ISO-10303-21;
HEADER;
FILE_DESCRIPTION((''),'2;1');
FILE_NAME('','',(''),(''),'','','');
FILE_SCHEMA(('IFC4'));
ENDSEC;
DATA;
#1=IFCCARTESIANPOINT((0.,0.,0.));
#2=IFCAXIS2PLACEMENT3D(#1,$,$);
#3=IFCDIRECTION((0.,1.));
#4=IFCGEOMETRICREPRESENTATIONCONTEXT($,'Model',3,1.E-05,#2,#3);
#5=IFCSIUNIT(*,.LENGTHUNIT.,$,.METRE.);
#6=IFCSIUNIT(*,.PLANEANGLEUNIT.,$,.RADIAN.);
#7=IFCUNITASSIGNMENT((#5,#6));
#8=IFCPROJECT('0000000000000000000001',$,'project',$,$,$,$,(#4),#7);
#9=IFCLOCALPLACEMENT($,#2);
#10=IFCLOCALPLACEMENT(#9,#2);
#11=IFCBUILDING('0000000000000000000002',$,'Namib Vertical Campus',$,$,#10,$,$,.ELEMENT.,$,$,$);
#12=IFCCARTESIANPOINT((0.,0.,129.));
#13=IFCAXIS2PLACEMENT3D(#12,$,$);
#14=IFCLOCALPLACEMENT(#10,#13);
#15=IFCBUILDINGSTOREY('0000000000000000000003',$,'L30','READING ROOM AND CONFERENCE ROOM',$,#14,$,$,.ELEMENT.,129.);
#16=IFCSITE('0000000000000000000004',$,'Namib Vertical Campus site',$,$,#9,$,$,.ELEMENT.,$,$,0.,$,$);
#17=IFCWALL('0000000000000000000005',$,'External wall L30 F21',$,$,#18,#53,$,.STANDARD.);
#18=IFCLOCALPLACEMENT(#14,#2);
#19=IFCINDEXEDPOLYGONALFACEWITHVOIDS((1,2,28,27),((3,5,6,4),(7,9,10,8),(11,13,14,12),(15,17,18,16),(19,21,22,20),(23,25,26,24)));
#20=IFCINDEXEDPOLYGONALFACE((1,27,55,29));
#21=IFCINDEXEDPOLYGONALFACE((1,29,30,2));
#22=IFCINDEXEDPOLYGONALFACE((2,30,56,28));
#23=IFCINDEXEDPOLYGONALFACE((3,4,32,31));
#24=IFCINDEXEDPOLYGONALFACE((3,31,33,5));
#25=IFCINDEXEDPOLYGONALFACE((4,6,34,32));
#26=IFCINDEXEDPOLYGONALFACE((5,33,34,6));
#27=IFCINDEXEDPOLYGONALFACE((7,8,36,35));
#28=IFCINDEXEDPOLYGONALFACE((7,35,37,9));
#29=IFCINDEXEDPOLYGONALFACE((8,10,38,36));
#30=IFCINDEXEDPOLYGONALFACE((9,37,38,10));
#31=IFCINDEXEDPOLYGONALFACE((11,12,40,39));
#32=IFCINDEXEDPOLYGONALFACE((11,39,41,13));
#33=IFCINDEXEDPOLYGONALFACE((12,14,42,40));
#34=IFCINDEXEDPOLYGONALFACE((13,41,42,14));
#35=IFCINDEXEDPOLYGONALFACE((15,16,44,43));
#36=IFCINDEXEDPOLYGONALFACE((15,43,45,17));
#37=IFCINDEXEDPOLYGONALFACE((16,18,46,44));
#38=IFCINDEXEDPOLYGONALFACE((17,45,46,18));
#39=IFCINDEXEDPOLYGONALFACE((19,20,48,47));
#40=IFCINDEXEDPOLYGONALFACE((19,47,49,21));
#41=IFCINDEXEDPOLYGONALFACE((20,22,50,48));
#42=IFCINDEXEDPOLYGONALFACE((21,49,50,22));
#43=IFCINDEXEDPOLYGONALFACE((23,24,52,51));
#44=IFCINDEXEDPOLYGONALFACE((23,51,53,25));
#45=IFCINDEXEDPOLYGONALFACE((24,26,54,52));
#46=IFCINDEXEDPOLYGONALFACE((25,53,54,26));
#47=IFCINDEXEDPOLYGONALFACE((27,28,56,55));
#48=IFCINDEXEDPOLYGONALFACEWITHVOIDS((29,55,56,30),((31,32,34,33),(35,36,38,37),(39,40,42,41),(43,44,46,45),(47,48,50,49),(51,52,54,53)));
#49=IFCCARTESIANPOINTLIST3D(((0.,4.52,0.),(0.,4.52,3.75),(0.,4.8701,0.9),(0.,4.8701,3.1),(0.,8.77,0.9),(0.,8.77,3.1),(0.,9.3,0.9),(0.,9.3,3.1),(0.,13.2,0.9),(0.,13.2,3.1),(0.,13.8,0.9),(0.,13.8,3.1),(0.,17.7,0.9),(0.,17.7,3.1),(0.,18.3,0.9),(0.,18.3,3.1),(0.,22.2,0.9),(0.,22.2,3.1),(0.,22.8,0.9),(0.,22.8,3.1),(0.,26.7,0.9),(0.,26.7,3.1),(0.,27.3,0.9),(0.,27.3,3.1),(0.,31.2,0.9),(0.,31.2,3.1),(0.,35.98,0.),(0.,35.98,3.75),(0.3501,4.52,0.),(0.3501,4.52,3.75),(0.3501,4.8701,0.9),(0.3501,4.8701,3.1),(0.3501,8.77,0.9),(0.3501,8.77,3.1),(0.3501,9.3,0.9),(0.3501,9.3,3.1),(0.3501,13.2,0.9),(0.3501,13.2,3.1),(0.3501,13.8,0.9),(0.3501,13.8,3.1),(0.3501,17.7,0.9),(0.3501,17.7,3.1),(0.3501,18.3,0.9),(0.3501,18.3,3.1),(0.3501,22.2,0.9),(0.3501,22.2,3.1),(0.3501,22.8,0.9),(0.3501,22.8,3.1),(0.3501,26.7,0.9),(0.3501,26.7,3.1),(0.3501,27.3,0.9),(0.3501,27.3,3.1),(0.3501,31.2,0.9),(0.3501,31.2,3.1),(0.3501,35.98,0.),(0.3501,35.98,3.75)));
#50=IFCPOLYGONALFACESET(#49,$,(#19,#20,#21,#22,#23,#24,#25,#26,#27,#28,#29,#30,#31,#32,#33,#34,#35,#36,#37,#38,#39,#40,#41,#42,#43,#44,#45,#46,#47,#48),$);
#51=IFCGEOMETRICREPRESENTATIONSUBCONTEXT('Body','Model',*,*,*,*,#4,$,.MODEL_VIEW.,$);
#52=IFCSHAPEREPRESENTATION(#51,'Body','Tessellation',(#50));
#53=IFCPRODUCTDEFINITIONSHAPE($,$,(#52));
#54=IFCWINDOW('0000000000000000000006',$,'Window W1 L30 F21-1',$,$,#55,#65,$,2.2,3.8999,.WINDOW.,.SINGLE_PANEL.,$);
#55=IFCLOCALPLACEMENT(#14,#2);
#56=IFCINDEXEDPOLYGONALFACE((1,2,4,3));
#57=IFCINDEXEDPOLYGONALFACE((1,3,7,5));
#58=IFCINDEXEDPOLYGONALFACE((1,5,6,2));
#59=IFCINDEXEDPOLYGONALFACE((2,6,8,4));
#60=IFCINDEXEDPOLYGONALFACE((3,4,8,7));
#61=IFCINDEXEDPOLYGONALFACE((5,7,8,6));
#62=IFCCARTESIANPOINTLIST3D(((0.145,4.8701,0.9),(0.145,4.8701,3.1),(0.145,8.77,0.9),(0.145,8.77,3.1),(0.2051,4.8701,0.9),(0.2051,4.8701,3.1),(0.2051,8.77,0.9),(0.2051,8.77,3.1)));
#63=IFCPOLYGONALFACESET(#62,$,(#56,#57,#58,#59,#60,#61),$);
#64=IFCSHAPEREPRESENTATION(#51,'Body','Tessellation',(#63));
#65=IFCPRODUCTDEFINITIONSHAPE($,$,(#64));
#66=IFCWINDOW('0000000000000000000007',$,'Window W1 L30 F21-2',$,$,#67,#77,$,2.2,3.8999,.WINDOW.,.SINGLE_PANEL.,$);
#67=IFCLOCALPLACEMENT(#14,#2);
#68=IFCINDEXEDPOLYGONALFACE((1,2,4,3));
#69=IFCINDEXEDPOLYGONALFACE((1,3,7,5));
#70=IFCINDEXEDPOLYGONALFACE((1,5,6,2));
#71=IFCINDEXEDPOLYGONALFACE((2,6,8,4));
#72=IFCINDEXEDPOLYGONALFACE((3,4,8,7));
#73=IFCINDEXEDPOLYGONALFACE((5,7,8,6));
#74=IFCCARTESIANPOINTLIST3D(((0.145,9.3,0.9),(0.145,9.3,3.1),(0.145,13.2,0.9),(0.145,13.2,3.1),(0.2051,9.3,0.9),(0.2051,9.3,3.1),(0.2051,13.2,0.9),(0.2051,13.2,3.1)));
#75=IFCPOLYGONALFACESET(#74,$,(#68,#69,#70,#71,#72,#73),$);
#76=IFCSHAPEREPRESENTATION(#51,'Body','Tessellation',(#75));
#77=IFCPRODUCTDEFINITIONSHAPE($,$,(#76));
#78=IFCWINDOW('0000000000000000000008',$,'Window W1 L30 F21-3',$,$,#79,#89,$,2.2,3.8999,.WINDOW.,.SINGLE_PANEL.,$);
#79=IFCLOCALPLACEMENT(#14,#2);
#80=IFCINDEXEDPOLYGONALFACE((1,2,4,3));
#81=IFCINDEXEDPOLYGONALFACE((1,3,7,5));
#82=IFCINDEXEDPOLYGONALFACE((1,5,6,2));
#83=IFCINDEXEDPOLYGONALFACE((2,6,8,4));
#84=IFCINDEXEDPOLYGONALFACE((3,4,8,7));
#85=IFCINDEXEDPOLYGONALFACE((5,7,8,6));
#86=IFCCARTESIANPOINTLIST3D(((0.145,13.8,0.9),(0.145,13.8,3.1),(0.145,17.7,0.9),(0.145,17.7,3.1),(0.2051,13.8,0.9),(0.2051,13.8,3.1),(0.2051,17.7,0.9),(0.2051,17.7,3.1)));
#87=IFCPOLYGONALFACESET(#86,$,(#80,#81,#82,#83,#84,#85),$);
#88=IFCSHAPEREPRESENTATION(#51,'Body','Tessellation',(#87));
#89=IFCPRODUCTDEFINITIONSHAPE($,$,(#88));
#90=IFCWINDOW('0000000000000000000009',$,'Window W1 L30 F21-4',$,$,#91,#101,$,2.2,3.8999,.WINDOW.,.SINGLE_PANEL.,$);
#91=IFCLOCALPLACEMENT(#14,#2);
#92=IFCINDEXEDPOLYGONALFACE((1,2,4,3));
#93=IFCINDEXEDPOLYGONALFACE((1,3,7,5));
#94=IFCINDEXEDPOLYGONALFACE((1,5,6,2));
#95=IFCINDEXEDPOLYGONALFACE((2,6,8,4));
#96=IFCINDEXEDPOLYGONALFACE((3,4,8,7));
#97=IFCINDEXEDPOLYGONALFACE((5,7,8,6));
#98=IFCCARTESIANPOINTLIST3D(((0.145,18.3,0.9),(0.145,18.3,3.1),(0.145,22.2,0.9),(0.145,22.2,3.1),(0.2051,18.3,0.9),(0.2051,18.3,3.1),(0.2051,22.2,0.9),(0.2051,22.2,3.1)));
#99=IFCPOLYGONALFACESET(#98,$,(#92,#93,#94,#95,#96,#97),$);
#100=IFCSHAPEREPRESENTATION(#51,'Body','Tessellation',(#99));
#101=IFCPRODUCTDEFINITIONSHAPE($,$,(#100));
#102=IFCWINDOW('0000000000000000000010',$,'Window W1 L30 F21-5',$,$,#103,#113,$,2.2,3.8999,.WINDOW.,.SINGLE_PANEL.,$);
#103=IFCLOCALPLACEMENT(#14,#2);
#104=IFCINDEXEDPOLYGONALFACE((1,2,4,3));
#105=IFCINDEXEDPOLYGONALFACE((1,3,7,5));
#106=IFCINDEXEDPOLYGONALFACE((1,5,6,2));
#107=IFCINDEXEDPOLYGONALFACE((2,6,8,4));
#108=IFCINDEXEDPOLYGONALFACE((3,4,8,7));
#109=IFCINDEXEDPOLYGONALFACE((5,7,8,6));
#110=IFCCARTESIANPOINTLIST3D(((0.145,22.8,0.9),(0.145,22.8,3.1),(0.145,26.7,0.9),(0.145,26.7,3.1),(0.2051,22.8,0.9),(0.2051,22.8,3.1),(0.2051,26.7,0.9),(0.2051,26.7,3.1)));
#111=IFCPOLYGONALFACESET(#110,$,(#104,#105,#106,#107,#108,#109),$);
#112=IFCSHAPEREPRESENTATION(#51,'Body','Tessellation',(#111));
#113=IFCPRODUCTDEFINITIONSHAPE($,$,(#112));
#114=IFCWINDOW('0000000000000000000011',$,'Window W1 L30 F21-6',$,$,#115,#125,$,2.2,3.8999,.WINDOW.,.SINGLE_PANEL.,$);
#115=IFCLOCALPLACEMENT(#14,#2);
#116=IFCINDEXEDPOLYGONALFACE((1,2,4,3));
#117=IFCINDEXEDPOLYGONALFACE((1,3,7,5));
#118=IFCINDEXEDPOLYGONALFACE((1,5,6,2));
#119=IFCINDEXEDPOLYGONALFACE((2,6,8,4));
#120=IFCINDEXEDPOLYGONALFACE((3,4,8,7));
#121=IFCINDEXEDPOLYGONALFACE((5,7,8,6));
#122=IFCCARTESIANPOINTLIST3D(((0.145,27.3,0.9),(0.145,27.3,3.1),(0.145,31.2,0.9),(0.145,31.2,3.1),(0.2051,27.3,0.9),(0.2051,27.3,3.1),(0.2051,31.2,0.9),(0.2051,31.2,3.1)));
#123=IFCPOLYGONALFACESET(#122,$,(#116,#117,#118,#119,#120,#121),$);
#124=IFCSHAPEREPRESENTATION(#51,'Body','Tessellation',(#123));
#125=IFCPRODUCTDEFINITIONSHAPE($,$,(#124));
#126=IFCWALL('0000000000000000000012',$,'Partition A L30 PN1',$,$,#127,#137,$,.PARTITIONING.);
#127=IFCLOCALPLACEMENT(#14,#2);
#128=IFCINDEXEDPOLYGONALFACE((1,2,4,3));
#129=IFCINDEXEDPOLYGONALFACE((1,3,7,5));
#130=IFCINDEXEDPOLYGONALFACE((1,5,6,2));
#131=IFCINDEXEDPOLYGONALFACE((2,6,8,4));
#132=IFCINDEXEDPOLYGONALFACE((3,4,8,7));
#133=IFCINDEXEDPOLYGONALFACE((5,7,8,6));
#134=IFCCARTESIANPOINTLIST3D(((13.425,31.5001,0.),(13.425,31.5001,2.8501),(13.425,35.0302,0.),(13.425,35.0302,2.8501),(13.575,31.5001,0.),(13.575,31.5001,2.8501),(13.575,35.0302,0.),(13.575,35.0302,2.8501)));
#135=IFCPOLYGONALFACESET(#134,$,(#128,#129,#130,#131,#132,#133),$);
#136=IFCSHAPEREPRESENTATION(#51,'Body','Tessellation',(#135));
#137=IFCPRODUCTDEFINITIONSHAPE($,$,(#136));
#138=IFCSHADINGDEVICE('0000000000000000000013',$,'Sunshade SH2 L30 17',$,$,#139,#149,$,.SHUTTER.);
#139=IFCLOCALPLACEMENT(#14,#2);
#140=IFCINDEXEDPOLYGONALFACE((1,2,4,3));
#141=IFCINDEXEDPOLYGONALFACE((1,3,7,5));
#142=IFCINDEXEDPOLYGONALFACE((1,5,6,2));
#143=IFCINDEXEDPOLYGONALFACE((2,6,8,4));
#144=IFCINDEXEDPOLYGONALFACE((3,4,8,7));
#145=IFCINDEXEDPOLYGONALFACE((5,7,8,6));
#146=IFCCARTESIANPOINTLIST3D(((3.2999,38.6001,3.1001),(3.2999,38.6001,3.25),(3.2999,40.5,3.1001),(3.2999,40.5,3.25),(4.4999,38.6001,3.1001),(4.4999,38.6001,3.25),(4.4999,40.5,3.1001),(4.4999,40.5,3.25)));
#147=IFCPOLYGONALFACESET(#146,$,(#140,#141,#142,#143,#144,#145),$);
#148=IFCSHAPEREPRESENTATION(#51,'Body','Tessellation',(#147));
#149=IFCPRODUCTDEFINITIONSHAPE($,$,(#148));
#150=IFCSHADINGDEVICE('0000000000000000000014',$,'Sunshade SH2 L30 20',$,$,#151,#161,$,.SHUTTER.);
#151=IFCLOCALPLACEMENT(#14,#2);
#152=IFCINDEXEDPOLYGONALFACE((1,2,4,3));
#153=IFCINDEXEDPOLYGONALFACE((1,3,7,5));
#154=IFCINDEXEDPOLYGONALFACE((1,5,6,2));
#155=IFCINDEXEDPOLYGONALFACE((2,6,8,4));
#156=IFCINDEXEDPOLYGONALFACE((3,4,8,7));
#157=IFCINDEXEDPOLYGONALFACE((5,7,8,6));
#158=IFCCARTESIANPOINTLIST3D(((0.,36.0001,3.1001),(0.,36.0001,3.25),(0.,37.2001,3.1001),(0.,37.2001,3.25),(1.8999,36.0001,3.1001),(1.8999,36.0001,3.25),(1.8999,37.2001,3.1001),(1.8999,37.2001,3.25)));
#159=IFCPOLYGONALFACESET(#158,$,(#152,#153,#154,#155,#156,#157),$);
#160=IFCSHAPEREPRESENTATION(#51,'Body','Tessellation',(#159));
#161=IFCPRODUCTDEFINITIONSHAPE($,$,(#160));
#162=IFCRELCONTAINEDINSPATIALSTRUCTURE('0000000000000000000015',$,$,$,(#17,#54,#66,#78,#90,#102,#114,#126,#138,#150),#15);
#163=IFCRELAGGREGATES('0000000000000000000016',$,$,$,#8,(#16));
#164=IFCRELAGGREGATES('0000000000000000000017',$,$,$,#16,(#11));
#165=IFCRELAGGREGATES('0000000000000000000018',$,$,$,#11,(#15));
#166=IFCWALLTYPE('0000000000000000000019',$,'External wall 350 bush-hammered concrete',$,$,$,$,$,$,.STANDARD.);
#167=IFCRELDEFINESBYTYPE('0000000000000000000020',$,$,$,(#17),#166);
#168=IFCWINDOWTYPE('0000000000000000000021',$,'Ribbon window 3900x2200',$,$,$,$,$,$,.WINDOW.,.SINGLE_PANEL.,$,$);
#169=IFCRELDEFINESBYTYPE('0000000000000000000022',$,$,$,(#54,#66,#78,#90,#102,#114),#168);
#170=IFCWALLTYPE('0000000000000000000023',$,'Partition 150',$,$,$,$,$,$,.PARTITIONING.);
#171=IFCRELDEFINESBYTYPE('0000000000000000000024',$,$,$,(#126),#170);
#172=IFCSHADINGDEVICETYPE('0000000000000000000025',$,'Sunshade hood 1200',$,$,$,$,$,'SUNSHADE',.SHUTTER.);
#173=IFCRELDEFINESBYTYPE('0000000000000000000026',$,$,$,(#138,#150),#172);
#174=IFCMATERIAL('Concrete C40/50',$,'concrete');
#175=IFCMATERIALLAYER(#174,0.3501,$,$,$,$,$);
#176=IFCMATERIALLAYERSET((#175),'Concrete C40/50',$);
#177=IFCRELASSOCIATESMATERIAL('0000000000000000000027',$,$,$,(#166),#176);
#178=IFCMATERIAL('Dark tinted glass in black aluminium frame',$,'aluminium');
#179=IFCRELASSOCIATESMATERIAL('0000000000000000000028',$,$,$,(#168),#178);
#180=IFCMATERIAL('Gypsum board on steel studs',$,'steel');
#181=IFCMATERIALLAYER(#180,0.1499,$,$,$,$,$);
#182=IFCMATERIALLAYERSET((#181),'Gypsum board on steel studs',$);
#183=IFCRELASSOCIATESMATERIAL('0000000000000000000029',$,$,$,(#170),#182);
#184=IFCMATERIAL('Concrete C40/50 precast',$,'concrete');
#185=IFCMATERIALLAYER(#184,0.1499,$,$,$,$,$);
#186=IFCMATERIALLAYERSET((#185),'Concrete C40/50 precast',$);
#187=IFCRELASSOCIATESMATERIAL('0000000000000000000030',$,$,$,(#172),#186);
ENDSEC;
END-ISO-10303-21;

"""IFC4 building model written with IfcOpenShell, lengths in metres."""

from ifc_helpers import new_model, si_unit, direction, frame, frame_2d, origin, origin_2d, place, context, subcontext, project, spatial, rectangle, extrude, material, layer, layer_set, type_object, element, fill, save


model = new_model("IFC4")

# Units and contexts
model_context = context("Model", 3, precision=1e-05, world=origin(), true_north=direction((0.0, 1.0)))
body_context = subcontext(model_context, "Body", "Model", "MODEL_VIEW")
ifc_project = project(units=[si_unit("LENGTHUNIT", "METRE"), si_unit("PLANEANGLEUNIT", "RADIAN")], contexts=[model_context])

# Site, building, storey
site_placement = place(None, origin())
site = spatial("IfcSite", under=ifc_project, at=site_placement, Name="Namib Vertical Campus site", CompositionType="ELEMENT", RefElevation=0.0)
building_placement = place(site_placement, origin())
building = spatial("IfcBuilding", under=site, at=building_placement, Name="Namib Vertical Campus", CompositionType="ELEMENT")
storey_placement = place(building_placement, frame((0.0, 0.0, 129.0)))
storey = spatial("IfcBuildingStorey", under=building, at=storey_placement, Name="L30", Description="READING ROOM AND CONFERENCE ROOM", CompositionType="ELEMENT", Elevation=129.0)

# Shared definitions
ifc_material_1 = material(Name="Concrete C40/50", Category="concrete")
ifc_layer_1 = layer(ifc_material_1, 0.3501)
ifc_layer_set_1 = layer_set([ifc_layer_1], Name="Concrete C40/50")
wall_type_1 = type_object("IfcWallType", Name="External wall 350 bush-hammered concrete", PredefinedType="STANDARD", material=ifc_layer_set_1)

# Wall, openings, windows
wall_1_placement = place(storey_placement, frame((0.175, 35.98, 0.0), z_axis=(0.0, 0.0, 1.0), x_axis=(0.0, -1.0, 0.0)))
wall_1 = element("IfcWall", 1, at=wall_1_placement, inside=storey, type_object=wall_type_1, Name="External wall L30 F21", PredefinedType="STANDARD", context=body_context, shape_type="SweptSolid", body=[
    extrude(rectangle(XDim=31.46, YDim=0.3501, at=frame_2d((15.73, 0.0))), origin(), (0.0, 0.0, 1.0), 3.75),
])
opening_1_placement = place(wall_1_placement, frame((27.21, 0.0, 0.8999)))
opening_1 = element("IfcOpeningElement", 2, at=opening_1_placement, cuts=wall_1, PredefinedType="OPENING", context=body_context, shape_type="SweptSolid", body=[
    extrude(rectangle(XDim=3.8999, YDim=2.2, at=frame_2d((1.95, 1.1001))), frame((0.0, 0.1851, 0.0), z_axis=(0.0, -1.0, 0.0), x_axis=(1.0, 0.0, 0.0)), (0.0, 0.0, 1.0), 0.3701),
])
opening_2_placement = place(wall_1_placement, frame((22.78, 0.0, 0.8999)))
opening_2 = element("IfcOpeningElement", 3, at=opening_2_placement, cuts=wall_1, PredefinedType="OPENING", context=body_context, shape_type="SweptSolid", body=[
    extrude(rectangle(XDim=3.8999, YDim=2.2, at=frame_2d((1.95, 1.1001))), frame((0.0, 0.1851, 0.0), z_axis=(0.0, -1.0, 0.0), x_axis=(1.0, 0.0, 0.0)), (0.0, 0.0, 1.0), 0.3701),
])
opening_3_placement = place(wall_1_placement, frame((18.28, 0.0, 0.8999)))
opening_3 = element("IfcOpeningElement", 4, at=opening_3_placement, cuts=wall_1, PredefinedType="OPENING", context=body_context, shape_type="SweptSolid", body=[
    extrude(rectangle(XDim=3.8999, YDim=2.2, at=frame_2d((1.95, 1.1001))), frame((0.0, 0.1851, 0.0), z_axis=(0.0, -1.0, 0.0), x_axis=(1.0, 0.0, 0.0)), (0.0, 0.0, 1.0), 0.3701),
])
opening_4_placement = place(wall_1_placement, frame((13.78, 0.0, 0.8999)))
opening_4 = element("IfcOpeningElement", 5, at=opening_4_placement, cuts=wall_1, PredefinedType="OPENING", context=body_context, shape_type="SweptSolid", body=[
    extrude(rectangle(XDim=3.8999, YDim=2.2, at=frame_2d((1.95, 1.1001))), frame((0.0, 0.1851, 0.0), z_axis=(0.0, -1.0, 0.0), x_axis=(1.0, 0.0, 0.0)), (0.0, 0.0, 1.0), 0.3701),
])
opening_5_placement = place(wall_1_placement, frame((9.28, 0.0, 0.8999)))
opening_5 = element("IfcOpeningElement", 6, at=opening_5_placement, cuts=wall_1, PredefinedType="OPENING", context=body_context, shape_type="SweptSolid", body=[
    extrude(rectangle(XDim=3.8999, YDim=2.2, at=frame_2d((1.95, 1.1001))), frame((0.0, 0.1851, 0.0), z_axis=(0.0, -1.0, 0.0), x_axis=(1.0, 0.0, 0.0)), (0.0, 0.0, 1.0), 0.3701),
])
opening_6_placement = place(wall_1_placement, frame((4.78, 0.0, 0.8999)))
opening_6 = element("IfcOpeningElement", 7, at=opening_6_placement, cuts=wall_1, PredefinedType="OPENING", context=body_context, shape_type="SweptSolid", body=[
    extrude(rectangle(XDim=3.8999, YDim=2.2, at=frame_2d((1.95, 1.1001))), frame((0.0, 0.1851, 0.0), z_axis=(0.0, -1.0, 0.0), x_axis=(1.0, 0.0, 0.0)), (0.0, 0.0, 1.0), 0.3701),
])
ifc_material_2 = material(Name="Dark tinted glass in black aluminium frame", Category="aluminium")
window_type = type_object("IfcWindowType", Name="Ribbon window 3900x2200", PartitioningType="SINGLE_PANEL", PredefinedType="WINDOW", material=ifc_material_2)
window_1_placement = place(opening_1_placement, origin())
window_1 = element("IfcWindow", 8, at=window_1_placement, inside=storey, type_object=window_type, Name="Window W1 L30 F21-1", OverallHeight=2.2, OverallWidth=3.8999, PartitioningType="SINGLE_PANEL", PredefinedType="WINDOW", context=body_context, shape_type="SweptSolid", body=[
    extrude(rectangle(XDim=3.8999, YDim=2.2, at=frame_2d((1.95, 1.1001))), frame((0.0, 0.03, 0.0), z_axis=(0.0, -1.0, 0.0), x_axis=(1.0, 0.0, 0.0)), (0.0, 0.0, 1.0), 0.0601),
])
fill(opening_1, window_1)
window_2_placement = place(opening_2_placement, origin())
window_2 = element("IfcWindow", 9, at=window_2_placement, inside=storey, type_object=window_type, Name="Window W1 L30 F21-2", OverallHeight=2.2, OverallWidth=3.8999, PartitioningType="SINGLE_PANEL", PredefinedType="WINDOW", context=body_context, shape_type="SweptSolid", body=[
    extrude(rectangle(XDim=3.8999, YDim=2.2, at=frame_2d((1.95, 1.1001))), frame((0.0, 0.03, 0.0), z_axis=(0.0, -1.0, 0.0), x_axis=(1.0, 0.0, 0.0)), (0.0, 0.0, 1.0), 0.0601),
])
fill(opening_2, window_2)
window_3_placement = place(opening_3_placement, origin())
window_3 = element("IfcWindow", 10, at=window_3_placement, inside=storey, type_object=window_type, Name="Window W1 L30 F21-3", OverallHeight=2.2, OverallWidth=3.8999, PartitioningType="SINGLE_PANEL", PredefinedType="WINDOW", context=body_context, shape_type="SweptSolid", body=[
    extrude(rectangle(XDim=3.8999, YDim=2.2, at=frame_2d((1.95, 1.1001))), frame((0.0, 0.03, 0.0), z_axis=(0.0, -1.0, 0.0), x_axis=(1.0, 0.0, 0.0)), (0.0, 0.0, 1.0), 0.0601),
])
fill(opening_3, window_3)
window_4_placement = place(opening_4_placement, origin())
window_4 = element("IfcWindow", 11, at=window_4_placement, inside=storey, type_object=window_type, Name="Window W1 L30 F21-4", OverallHeight=2.2, OverallWidth=3.8999, PartitioningType="SINGLE_PANEL", PredefinedType="WINDOW", context=body_context, shape_type="SweptSolid", body=[
    extrude(rectangle(XDim=3.8999, YDim=2.2, at=frame_2d((1.95, 1.1001))), frame((0.0, 0.03, 0.0), z_axis=(0.0, -1.0, 0.0), x_axis=(1.0, 0.0, 0.0)), (0.0, 0.0, 1.0), 0.0601),
])
fill(opening_4, window_4)
window_5_placement = place(opening_5_placement, origin())
window_5 = element("IfcWindow", 12, at=window_5_placement, inside=storey, type_object=window_type, Name="Window W1 L30 F21-5", OverallHeight=2.2, OverallWidth=3.8999, PartitioningType="SINGLE_PANEL", PredefinedType="WINDOW", context=body_context, shape_type="SweptSolid", body=[
    extrude(rectangle(XDim=3.8999, YDim=2.2, at=frame_2d((1.95, 1.1001))), frame((0.0, 0.03, 0.0), z_axis=(0.0, -1.0, 0.0), x_axis=(1.0, 0.0, 0.0)), (0.0, 0.0, 1.0), 0.0601),
])
fill(opening_5, window_5)
window_6_placement = place(opening_6_placement, origin())
window_6 = element("IfcWindow", 13, at=window_6_placement, inside=storey, type_object=window_type, Name="Window W1 L30 F21-6", OverallHeight=2.2, OverallWidth=3.8999, PartitioningType="SINGLE_PANEL", PredefinedType="WINDOW", context=body_context, shape_type="SweptSolid", body=[
    extrude(rectangle(XDim=3.8999, YDim=2.2, at=frame_2d((1.95, 1.1001))), frame((0.0, 0.03, 0.0), z_axis=(0.0, -1.0, 0.0), x_axis=(1.0, 0.0, 0.0)), (0.0, 0.0, 1.0), 0.0601),
])
fill(opening_6, window_6)

# Wall
ifc_material_3 = material(Name="Gypsum board on steel studs", Category="steel")
ifc_layer_2 = layer(ifc_material_3, 0.1499)
ifc_layer_set_2 = layer_set([ifc_layer_2], Name="Gypsum board on steel studs")
wall_type_2 = type_object("IfcWallType", Name="Partition 150", PredefinedType="PARTITIONING", material=ifc_layer_set_2)
wall_2_placement = place(storey_placement, frame((13.5, 31.5, 0.0), z_axis=(0.0, 0.0, 1.0), x_axis=(0.0, 1.0, 0.0)))
element("IfcWall", 14, at=wall_2_placement, inside=storey, type_object=wall_type_2, Name="Partition A L30 PN1", PredefinedType="PARTITIONING", context=body_context, shape_type="SweptSolid", body=[
    extrude(rectangle(XDim=3.53, YDim=0.1499, at=frame_2d((1.7651, 0.0))), origin(), (0.0, 0.0, 1.0), 2.8501),
])

# Shading devices
ifc_material_4 = material(Name="Concrete C40/50 precast", Category="concrete")
ifc_layer_3 = layer(ifc_material_4, 0.1499)
ifc_layer_set_3 = layer_set([ifc_layer_3], Name="Concrete C40/50 precast")
shading_device_type = type_object("IfcShadingDeviceType", Name="Sunshade hood 1200", ElementType="SUNSHADE", PredefinedType="SHUTTER", material=ifc_layer_set_3)
for number, where, z_axis, x_axis, name in (
    (15, (3.8999, 39.55, 3.1001), (0.0, 0.0, 1.0), (0.0, -1.0, 0.0), "Sunshade SH2 L30 17"),
    (16, (0.95, 36.6001, 3.1001), (0.0, 0.0, 1.0), (-1.0, 0.0, 0.0), "Sunshade SH2 L30 20"),
):
    element("IfcShadingDevice", number, at=place(storey_placement, frame(where, z_axis=z_axis, x_axis=x_axis)), inside=storey, type_object=shading_device_type, Name=name, PredefinedType="SHUTTER", context=body_context, shape_type="SweptSolid", body=[
        extrude(rectangle(XDim=1.8999, YDim=1.2, at=origin_2d()), origin(), (0.0, 0.0, 1.0), 0.1499),
    ])

save(model, "model.ifc")
